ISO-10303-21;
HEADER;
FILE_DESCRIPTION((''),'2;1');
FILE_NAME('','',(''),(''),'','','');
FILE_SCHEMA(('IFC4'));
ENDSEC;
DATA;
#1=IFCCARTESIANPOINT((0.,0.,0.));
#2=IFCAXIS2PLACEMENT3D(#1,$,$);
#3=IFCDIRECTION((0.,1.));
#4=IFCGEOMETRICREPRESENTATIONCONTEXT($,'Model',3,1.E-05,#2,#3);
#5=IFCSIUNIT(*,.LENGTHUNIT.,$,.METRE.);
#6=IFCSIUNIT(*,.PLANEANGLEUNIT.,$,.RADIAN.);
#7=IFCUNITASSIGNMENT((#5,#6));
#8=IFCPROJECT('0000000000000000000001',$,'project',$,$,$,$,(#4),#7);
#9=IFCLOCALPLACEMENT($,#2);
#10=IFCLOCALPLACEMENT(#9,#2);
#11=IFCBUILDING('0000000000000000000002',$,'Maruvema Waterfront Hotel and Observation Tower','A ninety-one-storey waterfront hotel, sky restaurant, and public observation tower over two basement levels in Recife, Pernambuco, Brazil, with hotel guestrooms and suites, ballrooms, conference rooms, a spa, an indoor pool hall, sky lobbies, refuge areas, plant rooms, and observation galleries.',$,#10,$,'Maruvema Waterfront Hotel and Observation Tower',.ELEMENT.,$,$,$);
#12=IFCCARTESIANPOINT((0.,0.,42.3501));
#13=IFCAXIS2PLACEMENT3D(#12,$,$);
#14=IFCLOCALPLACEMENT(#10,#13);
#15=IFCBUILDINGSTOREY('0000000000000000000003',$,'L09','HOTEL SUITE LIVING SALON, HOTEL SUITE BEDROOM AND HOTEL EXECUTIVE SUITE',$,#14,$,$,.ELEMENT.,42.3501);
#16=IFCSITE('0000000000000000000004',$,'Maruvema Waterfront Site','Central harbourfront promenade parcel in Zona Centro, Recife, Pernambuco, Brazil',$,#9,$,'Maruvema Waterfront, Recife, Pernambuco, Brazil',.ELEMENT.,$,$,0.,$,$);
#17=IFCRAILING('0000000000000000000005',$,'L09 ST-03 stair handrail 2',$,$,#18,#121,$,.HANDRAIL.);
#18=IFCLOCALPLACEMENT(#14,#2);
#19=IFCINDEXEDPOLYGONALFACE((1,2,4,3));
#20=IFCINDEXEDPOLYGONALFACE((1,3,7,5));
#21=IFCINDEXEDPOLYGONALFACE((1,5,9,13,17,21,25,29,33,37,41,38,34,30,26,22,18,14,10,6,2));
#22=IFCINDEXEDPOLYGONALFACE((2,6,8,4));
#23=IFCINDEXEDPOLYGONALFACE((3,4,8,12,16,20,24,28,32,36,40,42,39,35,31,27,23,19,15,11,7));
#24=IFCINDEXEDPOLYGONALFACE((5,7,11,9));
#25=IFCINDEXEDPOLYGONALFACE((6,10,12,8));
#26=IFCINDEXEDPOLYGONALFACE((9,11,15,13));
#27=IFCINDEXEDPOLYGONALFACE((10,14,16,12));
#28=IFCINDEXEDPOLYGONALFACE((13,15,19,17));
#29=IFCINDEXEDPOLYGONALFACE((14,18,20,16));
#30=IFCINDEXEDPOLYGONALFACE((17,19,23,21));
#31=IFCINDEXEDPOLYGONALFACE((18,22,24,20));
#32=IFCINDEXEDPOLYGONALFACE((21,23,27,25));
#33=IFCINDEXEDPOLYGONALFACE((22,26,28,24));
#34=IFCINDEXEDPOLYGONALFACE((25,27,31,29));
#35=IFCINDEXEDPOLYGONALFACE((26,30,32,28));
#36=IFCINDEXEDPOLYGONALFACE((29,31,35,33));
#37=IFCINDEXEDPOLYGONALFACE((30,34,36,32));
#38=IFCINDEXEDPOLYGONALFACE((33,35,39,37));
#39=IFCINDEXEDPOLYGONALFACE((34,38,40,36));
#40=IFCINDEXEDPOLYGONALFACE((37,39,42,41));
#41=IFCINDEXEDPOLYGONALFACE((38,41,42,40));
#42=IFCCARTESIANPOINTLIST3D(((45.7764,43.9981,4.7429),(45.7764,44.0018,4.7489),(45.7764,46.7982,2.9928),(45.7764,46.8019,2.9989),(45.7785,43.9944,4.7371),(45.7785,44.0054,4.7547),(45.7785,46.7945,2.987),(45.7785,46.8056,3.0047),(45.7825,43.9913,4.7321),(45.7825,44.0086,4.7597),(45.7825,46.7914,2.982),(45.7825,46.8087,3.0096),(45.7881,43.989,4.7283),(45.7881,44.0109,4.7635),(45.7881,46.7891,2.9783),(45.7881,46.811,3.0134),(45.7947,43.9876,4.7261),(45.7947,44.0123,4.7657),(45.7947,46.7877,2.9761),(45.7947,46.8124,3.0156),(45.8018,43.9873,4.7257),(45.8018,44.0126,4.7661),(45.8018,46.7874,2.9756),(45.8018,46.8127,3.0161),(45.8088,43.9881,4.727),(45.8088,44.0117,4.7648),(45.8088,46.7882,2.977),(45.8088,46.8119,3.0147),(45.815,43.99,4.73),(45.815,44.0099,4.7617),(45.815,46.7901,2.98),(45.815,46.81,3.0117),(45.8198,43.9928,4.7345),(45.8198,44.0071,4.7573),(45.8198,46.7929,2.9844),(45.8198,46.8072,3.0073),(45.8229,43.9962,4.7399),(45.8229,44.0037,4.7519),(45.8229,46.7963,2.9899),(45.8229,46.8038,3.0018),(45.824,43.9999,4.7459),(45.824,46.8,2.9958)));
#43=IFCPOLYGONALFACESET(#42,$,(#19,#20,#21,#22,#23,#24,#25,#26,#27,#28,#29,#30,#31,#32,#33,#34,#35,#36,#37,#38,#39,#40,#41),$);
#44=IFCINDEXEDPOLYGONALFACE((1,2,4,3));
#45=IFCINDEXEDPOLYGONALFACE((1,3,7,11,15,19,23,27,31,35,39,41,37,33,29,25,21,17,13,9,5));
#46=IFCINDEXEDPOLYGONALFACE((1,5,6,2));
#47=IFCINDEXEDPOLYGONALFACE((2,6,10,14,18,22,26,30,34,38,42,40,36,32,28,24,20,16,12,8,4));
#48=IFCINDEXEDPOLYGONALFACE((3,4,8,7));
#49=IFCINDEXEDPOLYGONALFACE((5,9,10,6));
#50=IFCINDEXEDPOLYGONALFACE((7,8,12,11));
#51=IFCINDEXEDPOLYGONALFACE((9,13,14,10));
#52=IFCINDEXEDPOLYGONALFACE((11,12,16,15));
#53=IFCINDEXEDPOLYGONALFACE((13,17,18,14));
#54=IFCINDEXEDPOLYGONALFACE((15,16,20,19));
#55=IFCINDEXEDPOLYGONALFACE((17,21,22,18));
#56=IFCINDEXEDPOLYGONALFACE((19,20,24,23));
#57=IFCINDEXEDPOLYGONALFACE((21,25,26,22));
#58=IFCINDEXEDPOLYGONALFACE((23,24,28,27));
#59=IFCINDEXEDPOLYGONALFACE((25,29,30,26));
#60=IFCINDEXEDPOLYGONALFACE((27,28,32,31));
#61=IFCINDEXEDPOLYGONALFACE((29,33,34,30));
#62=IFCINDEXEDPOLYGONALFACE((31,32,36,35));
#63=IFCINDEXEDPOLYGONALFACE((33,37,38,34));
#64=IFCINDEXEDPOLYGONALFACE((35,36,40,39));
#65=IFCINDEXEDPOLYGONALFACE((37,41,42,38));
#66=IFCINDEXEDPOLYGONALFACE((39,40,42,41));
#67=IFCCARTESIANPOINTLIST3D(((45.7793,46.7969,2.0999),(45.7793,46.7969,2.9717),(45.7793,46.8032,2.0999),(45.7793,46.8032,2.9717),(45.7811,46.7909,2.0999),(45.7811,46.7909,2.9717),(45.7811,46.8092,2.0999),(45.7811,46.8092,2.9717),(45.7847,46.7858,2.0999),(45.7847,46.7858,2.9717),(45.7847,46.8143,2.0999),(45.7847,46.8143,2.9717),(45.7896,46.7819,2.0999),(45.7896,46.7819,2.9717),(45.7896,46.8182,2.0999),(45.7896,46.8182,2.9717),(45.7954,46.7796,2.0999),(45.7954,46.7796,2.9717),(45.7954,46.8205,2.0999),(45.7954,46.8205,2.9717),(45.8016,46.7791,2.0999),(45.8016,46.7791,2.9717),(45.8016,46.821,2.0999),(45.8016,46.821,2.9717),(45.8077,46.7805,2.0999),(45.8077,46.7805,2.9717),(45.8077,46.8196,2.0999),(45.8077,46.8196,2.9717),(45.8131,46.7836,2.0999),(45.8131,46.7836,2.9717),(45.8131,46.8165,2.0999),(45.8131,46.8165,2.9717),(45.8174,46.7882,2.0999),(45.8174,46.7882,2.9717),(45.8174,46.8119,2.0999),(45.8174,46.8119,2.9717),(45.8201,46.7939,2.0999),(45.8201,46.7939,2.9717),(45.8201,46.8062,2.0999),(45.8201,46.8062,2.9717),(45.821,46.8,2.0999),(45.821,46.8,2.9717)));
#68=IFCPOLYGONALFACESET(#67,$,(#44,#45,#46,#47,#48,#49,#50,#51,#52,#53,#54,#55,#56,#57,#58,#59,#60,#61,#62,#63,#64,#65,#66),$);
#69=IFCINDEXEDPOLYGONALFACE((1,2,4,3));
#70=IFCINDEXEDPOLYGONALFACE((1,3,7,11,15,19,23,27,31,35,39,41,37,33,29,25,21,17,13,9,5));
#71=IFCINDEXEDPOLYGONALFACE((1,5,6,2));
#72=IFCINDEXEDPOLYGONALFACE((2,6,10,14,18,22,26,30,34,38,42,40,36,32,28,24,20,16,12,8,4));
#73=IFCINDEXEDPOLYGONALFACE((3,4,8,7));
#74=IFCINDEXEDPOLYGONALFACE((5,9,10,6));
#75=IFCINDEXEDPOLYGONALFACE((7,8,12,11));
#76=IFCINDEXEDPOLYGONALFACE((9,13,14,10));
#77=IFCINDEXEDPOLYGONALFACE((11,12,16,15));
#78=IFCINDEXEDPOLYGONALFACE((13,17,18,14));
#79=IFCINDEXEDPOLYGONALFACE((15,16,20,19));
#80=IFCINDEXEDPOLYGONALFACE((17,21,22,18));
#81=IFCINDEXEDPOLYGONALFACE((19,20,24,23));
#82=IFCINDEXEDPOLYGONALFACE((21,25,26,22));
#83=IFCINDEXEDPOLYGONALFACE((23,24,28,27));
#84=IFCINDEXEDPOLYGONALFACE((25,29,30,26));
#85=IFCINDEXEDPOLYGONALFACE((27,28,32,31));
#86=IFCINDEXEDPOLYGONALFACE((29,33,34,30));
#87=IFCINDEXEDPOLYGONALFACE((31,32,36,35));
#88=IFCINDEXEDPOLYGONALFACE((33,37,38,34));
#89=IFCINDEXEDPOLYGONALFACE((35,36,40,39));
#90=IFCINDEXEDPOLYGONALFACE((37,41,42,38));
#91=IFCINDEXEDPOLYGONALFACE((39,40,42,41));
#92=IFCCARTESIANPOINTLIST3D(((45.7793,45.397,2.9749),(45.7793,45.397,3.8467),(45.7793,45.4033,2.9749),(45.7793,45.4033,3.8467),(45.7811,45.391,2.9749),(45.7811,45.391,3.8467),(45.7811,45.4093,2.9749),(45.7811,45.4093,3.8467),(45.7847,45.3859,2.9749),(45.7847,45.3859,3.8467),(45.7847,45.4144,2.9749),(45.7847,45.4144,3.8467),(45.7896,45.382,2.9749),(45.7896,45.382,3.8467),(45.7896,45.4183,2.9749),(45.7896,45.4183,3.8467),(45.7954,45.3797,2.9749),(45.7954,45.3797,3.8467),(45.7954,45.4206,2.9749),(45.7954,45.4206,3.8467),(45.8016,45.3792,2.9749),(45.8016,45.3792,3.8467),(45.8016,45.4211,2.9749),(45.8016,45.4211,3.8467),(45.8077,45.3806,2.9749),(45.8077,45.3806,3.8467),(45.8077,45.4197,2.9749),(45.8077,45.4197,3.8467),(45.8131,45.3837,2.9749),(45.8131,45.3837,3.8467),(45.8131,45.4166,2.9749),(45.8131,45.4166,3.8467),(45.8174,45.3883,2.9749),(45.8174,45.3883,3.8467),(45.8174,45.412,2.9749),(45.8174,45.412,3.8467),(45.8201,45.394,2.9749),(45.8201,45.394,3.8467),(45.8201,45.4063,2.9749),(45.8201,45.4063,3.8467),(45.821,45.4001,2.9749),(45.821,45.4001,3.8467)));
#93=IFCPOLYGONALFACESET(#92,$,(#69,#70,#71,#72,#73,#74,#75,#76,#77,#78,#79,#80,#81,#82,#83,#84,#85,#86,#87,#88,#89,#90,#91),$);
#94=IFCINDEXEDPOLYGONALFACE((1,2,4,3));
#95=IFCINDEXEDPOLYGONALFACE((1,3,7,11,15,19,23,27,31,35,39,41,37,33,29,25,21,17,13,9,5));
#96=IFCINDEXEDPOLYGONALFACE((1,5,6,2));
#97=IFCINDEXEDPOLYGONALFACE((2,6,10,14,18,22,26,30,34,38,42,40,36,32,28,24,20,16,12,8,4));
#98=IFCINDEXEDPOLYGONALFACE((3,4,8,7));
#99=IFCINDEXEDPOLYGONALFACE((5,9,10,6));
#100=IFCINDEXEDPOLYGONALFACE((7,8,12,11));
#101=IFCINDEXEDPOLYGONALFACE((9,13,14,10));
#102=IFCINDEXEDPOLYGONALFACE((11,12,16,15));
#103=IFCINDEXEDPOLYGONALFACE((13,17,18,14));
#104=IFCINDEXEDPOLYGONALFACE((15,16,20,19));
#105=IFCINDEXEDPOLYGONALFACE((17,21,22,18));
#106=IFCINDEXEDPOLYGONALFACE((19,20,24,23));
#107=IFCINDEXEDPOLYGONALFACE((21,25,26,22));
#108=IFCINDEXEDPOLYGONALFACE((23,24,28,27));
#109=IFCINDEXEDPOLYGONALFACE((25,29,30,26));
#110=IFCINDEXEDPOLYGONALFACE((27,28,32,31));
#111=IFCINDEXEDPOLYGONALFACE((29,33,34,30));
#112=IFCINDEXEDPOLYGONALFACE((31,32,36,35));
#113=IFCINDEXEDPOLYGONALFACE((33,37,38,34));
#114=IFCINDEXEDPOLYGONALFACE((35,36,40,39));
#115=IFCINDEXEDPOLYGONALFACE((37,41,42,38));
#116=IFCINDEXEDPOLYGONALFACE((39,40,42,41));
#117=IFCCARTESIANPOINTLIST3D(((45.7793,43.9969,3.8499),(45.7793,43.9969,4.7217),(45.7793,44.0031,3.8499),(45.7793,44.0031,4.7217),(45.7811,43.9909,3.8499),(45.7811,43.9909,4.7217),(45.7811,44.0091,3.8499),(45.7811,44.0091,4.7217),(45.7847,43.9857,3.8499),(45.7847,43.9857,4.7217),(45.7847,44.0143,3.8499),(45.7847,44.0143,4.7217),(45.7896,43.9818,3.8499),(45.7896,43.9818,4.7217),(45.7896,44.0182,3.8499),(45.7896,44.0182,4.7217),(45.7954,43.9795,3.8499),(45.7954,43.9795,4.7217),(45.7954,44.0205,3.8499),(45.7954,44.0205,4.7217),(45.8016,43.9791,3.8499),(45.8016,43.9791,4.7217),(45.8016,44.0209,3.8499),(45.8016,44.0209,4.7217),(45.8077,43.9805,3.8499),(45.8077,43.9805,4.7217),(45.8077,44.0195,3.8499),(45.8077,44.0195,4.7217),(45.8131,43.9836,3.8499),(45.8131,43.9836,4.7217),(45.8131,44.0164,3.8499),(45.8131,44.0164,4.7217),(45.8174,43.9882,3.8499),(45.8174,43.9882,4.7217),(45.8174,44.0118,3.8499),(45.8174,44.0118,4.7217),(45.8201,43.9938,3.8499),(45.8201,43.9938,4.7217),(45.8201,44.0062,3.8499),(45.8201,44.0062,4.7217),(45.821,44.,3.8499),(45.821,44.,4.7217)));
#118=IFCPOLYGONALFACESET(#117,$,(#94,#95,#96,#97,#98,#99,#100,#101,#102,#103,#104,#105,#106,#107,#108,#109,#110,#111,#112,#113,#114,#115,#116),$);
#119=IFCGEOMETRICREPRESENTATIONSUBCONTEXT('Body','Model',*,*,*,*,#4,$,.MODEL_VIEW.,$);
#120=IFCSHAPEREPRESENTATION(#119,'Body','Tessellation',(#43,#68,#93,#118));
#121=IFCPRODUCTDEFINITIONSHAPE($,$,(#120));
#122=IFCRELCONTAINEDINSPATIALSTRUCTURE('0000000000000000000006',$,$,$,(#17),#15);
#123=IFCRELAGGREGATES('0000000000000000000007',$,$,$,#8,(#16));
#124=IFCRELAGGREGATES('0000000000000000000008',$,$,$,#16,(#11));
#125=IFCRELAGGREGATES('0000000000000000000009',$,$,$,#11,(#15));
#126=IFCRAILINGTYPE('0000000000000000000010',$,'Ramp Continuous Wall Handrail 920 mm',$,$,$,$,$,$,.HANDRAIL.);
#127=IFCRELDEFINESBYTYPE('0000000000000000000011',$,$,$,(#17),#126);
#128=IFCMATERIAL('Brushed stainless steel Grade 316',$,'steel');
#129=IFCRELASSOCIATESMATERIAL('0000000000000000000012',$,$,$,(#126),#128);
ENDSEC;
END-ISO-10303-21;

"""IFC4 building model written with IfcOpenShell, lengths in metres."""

from ifc_helpers import new_model, si_unit, direction, frame, origin, origin_2d, place, context, subcontext, project, spatial, circle, extrude, material, type_object, element, save


model = new_model("IFC4")

# Units and contexts
model_context = context("Model", 3, precision=1e-05, world=origin(), true_north=direction((0.0, 1.0)))
body_context = subcontext(model_context, "Body", "Model", "MODEL_VIEW")
ifc_project = project(units=[si_unit("LENGTHUNIT", "METRE"), si_unit("PLANEANGLEUNIT", "RADIAN")], contexts=[model_context])

# Site, building, storey
site_placement = place(None, origin())
site = spatial("IfcSite", under=ifc_project, at=site_placement, Name="Maruvema Waterfront Site", Description="Central harbourfront promenade parcel in Zona Centro, Recife, Pernambuco, Brazil", LongName="Maruvema Waterfront, Recife, Pernambuco, Brazil", CompositionType="ELEMENT", RefElevation=0.0)
building_placement = place(site_placement, origin())
building = spatial("IfcBuilding", under=site, at=building_placement, Name="Maruvema Waterfront Hotel and Observation Tower", Description="A ninety-one-storey waterfront hotel, sky restaurant, and public observation tower over two basement levels in Recife, Pernambuco, Brazil, with hotel guestrooms and suites, ballrooms, conference rooms, a spa, an indoor pool hall, sky lobbies, refuge areas, plant rooms, and observation galleries.", LongName="Maruvema Waterfront Hotel and Observation Tower", CompositionType="ELEMENT")
storey_placement = place(building_placement, frame((0.0, 0.0, 42.3501)))
storey = spatial("IfcBuildingStorey", under=building, at=storey_placement, Name="L09", Description="HOTEL SUITE LIVING SALON, HOTEL SUITE BEDROOM AND HOTEL EXECUTIVE SUITE", CompositionType="ELEMENT", Elevation=42.3501)

# Railing
ifc_material_1 = material(Name="Brushed stainless steel Grade 316", Category="steel")
railing_type_1 = type_object("IfcRailingType", Name="Ramp Continuous Wall Handrail 920 mm", PredefinedType="HANDRAIL", material=ifc_material_1)
railing_1_placement = place(storey_placement, frame((45.8, 46.8, 2.0999)))
element("IfcRailing", 1, at=railing_1_placement, inside=storey, type_object=railing_type_1, Name="L09 ST-03 stair handrail 2", PredefinedType="HANDRAIL", context=body_context, shape_type="SweptSolid", body=[
    extrude(circle(Radius=0.0239, at=origin_2d()), frame((0.0, 0.0, 0.896), z_axis=(0.0, -0.848002, 0.529992), x_axis=(1.0, 0.0, 0.0)), (0.0, 0.0, 1.0), 3.302),
    extrude(circle(Radius=0.021, at=origin_2d()), origin(), (0.0, 0.0, 1.0), 0.8718),
    extrude(circle(Radius=0.021, at=origin_2d()), frame((0.0, -1.3999, 0.875)), (0.0, 0.0, 1.0), 0.8718),
    extrude(circle(Radius=0.021, at=origin_2d()), frame((0.0, -2.8, 1.75)), (0.0, 0.0, 1.0), 0.8718),
])

save(model, "model.ifc")
